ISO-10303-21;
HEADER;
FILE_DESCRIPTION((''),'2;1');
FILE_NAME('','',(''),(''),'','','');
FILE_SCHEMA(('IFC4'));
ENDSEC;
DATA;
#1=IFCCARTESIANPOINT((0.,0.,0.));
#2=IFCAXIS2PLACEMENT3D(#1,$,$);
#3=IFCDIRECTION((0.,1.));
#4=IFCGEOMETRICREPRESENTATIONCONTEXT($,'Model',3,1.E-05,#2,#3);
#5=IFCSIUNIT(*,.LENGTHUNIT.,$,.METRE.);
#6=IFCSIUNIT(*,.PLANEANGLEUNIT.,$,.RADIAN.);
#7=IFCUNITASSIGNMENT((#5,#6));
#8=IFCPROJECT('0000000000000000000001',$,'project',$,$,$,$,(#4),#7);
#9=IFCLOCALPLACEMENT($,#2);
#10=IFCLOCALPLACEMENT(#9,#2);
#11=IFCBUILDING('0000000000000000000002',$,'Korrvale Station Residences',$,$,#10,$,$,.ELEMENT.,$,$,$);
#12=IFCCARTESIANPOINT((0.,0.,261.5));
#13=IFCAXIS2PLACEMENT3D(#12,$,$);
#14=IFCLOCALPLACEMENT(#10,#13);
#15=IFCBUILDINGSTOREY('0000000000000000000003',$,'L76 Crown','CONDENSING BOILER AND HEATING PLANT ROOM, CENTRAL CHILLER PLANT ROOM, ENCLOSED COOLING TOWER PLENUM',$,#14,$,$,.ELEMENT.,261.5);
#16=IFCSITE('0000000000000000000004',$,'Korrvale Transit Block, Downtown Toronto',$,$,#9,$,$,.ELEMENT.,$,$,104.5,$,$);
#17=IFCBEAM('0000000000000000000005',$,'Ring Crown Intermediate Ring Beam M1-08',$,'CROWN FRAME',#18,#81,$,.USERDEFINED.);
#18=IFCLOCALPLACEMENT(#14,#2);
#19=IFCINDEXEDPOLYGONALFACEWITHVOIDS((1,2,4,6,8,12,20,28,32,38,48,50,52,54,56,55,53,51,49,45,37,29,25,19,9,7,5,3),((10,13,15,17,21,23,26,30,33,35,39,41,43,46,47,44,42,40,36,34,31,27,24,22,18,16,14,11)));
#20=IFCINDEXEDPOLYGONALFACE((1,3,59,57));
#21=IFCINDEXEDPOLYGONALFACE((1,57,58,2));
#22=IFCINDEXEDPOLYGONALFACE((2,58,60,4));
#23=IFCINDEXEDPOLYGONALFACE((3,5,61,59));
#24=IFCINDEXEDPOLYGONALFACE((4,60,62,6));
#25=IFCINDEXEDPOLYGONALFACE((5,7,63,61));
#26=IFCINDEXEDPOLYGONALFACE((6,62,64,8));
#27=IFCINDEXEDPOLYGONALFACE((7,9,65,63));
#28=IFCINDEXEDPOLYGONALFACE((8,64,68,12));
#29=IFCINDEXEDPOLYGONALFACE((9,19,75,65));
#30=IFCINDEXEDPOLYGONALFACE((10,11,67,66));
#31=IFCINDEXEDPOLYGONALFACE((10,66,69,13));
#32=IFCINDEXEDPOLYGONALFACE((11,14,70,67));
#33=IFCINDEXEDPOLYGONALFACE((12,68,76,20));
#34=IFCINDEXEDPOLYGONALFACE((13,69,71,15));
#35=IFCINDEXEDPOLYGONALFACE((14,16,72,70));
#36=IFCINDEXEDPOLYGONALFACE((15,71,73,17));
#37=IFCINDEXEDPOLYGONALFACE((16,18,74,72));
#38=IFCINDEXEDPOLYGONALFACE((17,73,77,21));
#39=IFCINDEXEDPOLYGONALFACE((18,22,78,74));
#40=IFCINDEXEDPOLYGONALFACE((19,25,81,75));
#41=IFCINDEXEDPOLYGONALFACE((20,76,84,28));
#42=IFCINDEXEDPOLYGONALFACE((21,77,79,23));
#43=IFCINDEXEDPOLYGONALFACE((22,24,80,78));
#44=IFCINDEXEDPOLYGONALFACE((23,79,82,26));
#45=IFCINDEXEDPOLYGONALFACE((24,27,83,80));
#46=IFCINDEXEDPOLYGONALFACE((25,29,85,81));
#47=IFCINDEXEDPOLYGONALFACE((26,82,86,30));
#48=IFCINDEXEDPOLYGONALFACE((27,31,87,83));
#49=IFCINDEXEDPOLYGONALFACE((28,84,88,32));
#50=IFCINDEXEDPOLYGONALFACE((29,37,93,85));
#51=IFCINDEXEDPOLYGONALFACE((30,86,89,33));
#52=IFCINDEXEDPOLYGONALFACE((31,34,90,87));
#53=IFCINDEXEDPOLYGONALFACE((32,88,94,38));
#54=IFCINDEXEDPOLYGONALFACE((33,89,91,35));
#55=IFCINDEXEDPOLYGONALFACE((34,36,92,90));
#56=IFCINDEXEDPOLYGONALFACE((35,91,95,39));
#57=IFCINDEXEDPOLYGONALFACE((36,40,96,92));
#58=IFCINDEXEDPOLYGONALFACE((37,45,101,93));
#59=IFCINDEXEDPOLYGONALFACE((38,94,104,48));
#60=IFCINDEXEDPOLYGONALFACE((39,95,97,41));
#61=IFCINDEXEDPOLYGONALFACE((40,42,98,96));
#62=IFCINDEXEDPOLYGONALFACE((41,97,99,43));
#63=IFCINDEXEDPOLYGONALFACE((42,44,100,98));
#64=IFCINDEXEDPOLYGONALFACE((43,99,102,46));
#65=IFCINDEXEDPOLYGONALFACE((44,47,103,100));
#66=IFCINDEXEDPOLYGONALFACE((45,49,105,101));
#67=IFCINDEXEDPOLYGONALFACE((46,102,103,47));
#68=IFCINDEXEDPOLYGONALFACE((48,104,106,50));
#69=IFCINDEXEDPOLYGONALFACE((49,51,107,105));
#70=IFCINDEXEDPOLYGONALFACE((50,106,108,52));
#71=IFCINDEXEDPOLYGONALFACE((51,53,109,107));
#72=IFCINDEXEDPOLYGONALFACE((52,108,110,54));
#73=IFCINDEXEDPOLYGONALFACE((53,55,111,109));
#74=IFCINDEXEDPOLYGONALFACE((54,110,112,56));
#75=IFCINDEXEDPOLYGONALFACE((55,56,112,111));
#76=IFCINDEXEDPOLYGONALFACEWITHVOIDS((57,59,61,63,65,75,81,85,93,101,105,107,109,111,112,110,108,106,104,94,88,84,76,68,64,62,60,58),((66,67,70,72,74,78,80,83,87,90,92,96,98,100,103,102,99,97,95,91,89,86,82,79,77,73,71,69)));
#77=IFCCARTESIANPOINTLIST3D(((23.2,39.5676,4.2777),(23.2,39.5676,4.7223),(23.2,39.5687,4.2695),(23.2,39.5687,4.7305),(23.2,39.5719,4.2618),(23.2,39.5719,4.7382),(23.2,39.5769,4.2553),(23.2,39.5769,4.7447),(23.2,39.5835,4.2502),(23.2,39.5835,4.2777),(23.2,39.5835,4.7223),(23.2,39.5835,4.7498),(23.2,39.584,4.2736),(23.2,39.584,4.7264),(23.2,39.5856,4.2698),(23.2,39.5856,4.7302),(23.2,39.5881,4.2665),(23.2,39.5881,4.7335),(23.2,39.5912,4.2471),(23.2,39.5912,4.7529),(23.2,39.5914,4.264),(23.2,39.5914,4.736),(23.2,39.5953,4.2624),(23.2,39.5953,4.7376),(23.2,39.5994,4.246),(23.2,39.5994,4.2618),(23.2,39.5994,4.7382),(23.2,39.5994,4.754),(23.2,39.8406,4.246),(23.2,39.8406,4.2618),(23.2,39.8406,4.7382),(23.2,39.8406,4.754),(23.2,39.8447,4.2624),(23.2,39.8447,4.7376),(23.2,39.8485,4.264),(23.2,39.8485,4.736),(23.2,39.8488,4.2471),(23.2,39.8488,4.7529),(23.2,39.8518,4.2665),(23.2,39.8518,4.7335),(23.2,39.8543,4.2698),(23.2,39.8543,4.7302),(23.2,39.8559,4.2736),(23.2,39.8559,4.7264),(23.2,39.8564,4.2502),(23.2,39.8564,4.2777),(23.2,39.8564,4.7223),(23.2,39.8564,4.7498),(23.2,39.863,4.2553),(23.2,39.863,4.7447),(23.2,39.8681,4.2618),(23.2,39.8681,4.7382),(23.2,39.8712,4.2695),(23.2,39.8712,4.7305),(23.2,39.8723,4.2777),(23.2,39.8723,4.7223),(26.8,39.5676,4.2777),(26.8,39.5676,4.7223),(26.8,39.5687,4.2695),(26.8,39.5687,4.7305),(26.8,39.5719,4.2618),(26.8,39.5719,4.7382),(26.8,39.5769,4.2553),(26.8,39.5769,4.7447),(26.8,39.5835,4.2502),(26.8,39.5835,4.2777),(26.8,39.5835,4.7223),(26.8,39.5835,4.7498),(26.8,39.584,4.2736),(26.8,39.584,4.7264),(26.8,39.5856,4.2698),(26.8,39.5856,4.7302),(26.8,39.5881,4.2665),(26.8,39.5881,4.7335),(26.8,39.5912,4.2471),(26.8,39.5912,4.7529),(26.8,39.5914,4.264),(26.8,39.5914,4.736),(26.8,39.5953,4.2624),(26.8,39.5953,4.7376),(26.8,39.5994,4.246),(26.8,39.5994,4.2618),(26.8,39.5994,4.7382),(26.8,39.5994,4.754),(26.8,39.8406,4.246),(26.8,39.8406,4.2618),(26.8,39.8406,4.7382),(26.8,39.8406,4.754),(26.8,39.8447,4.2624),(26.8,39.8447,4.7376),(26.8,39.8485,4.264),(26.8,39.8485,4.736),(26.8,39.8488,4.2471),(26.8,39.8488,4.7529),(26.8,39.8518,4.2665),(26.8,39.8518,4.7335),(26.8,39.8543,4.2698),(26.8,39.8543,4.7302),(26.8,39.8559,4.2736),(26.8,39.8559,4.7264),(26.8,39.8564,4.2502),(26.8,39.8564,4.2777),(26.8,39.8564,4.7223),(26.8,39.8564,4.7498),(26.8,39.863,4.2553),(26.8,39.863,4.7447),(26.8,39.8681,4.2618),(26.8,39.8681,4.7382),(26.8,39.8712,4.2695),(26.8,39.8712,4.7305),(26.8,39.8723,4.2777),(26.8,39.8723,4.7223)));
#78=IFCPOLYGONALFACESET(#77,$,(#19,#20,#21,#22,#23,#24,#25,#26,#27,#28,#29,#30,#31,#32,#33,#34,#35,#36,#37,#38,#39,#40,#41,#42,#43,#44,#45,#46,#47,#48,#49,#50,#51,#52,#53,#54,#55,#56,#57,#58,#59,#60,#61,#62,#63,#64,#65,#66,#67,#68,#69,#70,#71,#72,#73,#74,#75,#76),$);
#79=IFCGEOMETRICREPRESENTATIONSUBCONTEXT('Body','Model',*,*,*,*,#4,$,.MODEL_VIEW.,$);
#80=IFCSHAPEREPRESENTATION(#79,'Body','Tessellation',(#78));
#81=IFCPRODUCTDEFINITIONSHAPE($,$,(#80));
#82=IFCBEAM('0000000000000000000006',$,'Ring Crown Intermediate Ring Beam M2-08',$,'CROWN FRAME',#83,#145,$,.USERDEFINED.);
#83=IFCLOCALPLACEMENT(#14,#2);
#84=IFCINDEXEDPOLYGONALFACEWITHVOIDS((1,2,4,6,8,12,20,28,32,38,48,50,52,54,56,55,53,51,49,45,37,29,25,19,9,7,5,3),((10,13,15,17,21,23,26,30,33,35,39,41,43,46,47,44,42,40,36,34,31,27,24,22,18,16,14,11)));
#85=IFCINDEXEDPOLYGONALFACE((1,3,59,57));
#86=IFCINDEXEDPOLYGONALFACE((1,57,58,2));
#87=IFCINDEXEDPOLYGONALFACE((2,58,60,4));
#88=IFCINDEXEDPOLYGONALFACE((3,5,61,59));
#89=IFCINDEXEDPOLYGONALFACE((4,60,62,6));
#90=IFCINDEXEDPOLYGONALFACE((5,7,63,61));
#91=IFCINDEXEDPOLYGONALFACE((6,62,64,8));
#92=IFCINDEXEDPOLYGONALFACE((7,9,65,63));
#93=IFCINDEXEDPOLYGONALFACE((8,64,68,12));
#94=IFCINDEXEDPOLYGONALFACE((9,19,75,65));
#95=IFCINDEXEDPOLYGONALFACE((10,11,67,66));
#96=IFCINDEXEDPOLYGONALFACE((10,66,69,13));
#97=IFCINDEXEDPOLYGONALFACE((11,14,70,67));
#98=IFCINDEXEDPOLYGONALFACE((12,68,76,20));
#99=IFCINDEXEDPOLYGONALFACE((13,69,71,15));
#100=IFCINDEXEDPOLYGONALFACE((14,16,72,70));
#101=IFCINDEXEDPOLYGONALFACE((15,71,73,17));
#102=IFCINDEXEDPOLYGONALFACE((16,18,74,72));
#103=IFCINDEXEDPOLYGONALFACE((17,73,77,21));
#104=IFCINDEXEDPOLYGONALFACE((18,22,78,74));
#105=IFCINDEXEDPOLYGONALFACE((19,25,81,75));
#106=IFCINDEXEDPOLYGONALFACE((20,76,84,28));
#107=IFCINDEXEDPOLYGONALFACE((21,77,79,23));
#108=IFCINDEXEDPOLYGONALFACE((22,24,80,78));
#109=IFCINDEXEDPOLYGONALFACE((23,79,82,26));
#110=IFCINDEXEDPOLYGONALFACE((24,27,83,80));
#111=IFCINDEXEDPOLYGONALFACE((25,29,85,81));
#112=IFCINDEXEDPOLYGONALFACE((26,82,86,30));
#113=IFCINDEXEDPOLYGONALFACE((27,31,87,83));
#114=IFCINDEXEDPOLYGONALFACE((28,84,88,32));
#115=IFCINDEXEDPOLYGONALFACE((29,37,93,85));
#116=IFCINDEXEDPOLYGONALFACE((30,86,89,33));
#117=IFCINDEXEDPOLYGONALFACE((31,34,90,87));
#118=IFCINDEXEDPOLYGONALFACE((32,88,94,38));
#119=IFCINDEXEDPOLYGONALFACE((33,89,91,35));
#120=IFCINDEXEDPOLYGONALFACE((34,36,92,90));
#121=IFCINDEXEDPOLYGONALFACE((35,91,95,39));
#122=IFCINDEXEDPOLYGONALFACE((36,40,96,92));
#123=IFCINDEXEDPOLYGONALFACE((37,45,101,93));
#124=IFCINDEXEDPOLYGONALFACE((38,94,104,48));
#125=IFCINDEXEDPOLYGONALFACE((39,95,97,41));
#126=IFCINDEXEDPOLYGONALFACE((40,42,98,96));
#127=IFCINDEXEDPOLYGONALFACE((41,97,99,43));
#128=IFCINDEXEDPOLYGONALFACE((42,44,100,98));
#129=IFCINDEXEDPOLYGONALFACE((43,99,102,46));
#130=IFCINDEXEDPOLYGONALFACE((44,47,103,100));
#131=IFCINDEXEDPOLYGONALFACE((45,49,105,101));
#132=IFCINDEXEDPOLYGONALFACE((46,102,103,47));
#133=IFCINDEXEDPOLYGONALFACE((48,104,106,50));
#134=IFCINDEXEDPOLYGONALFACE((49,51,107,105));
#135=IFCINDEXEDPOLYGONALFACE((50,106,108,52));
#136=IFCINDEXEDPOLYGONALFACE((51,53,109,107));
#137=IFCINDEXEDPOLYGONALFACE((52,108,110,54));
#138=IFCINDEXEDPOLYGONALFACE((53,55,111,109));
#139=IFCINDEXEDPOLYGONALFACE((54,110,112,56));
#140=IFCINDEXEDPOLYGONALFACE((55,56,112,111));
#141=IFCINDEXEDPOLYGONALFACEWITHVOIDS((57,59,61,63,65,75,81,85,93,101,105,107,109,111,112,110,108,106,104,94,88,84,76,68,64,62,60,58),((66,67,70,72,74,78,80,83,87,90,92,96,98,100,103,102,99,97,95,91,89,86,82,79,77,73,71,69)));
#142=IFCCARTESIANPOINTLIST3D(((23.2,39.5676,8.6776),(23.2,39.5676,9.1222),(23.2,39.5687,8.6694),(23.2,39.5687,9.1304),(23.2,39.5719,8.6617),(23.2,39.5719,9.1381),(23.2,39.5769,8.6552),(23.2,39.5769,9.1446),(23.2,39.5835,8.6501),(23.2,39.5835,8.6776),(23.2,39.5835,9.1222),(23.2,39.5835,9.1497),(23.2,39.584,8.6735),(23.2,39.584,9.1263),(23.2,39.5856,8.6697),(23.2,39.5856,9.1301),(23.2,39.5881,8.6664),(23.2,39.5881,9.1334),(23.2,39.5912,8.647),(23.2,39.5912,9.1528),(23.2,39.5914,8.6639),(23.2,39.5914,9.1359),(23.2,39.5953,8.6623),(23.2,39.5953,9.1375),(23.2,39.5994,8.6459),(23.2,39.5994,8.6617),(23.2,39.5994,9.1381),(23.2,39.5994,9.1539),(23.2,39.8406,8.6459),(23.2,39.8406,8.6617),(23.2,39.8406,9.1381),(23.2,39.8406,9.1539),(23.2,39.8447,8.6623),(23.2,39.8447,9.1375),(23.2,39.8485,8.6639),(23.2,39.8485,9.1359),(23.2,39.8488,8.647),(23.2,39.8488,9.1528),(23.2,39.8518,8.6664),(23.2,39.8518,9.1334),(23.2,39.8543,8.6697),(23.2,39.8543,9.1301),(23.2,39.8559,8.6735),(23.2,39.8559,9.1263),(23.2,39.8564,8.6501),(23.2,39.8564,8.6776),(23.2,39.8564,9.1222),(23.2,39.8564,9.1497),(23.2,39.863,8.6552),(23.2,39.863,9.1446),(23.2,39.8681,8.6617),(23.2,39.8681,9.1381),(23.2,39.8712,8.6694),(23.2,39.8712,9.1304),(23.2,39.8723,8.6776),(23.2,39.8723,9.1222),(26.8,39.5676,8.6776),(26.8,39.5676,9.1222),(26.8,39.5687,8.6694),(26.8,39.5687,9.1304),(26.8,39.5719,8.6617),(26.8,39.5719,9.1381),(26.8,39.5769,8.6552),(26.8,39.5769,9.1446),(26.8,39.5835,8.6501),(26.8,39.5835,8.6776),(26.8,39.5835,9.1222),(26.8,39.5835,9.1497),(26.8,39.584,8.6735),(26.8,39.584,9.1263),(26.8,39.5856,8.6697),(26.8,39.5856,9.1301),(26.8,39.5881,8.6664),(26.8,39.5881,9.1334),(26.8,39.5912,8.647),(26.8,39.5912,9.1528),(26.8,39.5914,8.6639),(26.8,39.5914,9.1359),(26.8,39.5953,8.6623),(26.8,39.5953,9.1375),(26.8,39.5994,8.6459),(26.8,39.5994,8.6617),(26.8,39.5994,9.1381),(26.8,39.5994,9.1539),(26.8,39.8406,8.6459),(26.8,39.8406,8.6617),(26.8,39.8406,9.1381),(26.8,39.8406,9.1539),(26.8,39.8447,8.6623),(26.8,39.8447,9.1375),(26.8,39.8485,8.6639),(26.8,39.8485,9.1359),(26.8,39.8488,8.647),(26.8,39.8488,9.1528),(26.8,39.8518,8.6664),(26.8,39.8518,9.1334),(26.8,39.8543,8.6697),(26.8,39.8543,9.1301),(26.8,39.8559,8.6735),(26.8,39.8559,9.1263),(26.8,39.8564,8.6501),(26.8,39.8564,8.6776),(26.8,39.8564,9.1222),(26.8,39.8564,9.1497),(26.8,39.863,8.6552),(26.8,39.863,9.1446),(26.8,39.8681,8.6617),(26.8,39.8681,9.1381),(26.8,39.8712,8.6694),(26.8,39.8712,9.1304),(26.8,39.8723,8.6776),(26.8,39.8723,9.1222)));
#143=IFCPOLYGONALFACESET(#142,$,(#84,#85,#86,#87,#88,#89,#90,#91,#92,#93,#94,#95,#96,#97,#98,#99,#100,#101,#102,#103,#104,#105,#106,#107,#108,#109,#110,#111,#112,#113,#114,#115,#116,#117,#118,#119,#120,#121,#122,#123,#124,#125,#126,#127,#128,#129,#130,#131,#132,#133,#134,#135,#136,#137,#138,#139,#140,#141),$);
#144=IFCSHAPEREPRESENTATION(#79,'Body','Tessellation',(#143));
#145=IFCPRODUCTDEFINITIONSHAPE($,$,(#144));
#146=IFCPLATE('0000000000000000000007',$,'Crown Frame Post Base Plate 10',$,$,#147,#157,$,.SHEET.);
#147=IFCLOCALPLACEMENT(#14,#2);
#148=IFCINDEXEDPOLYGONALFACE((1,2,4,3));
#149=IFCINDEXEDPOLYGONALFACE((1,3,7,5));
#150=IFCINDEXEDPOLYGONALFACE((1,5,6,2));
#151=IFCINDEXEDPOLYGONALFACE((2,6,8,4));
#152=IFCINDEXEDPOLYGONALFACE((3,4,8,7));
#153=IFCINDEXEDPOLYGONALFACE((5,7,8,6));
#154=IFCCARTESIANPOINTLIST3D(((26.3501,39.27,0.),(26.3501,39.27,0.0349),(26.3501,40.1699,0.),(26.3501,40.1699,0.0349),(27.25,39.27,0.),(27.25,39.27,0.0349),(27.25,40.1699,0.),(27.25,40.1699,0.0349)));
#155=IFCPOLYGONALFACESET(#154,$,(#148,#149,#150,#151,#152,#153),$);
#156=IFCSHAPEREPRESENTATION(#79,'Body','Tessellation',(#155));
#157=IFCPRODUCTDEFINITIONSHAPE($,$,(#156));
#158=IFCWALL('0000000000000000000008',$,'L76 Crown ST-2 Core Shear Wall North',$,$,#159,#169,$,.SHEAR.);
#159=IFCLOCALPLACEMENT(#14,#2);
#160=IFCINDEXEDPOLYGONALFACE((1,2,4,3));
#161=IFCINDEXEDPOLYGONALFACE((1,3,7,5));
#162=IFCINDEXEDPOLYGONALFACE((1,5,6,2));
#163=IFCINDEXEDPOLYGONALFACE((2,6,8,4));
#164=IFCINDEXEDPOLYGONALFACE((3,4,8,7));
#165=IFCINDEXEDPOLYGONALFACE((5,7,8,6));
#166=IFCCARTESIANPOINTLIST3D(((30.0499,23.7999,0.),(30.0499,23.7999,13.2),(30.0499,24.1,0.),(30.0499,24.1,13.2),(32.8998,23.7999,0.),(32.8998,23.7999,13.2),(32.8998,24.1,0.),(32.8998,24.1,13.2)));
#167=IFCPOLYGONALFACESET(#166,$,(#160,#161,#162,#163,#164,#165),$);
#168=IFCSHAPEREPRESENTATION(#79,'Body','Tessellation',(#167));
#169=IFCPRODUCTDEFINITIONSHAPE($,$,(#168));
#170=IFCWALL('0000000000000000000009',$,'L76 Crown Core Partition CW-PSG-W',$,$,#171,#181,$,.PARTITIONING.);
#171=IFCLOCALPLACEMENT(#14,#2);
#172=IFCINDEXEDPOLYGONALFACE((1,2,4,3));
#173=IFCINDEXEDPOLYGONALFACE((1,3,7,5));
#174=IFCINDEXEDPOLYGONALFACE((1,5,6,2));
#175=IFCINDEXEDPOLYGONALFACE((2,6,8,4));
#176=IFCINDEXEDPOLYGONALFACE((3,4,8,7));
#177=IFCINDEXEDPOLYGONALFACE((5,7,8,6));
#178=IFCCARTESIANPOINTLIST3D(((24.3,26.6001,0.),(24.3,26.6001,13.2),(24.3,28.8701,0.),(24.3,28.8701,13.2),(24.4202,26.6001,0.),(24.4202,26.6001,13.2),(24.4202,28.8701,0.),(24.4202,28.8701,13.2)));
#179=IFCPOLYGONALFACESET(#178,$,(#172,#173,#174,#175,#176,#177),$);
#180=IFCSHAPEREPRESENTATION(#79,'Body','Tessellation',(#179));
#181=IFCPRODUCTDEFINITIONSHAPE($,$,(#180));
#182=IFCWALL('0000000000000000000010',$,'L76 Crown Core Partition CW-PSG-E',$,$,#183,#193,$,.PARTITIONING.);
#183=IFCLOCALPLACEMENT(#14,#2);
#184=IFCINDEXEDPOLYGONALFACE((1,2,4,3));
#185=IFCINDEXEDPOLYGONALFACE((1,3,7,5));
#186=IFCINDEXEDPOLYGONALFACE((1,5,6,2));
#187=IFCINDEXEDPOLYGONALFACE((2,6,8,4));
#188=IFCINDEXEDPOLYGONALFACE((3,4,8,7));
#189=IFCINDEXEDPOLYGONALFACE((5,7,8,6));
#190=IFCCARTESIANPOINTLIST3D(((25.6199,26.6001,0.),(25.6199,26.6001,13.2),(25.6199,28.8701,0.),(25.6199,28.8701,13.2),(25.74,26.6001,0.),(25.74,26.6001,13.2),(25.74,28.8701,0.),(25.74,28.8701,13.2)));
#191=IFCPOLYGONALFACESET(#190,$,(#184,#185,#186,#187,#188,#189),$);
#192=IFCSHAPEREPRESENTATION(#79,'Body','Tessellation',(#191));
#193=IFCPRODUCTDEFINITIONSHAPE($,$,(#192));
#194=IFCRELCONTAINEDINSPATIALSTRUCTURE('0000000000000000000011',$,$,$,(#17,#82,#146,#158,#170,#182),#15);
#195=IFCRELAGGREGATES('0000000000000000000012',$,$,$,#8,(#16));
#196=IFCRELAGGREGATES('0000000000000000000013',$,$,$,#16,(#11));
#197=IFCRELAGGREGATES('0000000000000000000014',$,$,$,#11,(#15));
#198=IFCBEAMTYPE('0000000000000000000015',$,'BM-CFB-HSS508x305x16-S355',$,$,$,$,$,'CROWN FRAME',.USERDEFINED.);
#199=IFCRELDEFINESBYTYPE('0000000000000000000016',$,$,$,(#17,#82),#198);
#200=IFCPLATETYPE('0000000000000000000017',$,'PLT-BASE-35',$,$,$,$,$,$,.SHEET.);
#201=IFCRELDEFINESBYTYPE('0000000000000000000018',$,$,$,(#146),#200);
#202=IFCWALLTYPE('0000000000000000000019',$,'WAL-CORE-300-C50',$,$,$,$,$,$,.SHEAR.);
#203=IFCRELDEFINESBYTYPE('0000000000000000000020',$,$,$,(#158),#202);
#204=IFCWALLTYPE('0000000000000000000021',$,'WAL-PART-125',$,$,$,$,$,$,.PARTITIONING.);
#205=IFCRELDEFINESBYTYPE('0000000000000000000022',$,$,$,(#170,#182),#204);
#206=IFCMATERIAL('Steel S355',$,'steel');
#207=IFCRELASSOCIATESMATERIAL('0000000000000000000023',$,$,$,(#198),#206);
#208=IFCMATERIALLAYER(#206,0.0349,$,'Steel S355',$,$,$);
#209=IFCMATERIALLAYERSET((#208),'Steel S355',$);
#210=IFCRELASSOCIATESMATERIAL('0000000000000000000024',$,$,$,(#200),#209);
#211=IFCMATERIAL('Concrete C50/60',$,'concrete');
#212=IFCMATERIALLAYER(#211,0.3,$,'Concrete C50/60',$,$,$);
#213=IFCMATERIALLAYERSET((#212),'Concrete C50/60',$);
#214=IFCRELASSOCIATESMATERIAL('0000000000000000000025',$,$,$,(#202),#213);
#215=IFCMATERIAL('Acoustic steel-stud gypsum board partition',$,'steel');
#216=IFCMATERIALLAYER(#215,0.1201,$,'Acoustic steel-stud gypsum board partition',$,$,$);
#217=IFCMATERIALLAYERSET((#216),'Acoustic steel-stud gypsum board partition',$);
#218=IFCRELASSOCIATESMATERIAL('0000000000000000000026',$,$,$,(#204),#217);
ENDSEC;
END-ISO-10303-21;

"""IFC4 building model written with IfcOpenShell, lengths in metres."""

from ifc_helpers import new_model, si_unit, direction, frame, frame_2d, origin, origin_2d, place, context, subcontext, project, spatial, rectangle, hollow_rectangle, extrude, material, layer, layer_set, material_profile, profile_set, type_object, element, save


model = new_model("IFC4")

# Units and contexts
model_context = context("Model", 3, precision=1e-05, world=origin(), true_north=direction((0.0, 1.0)))
body_context = subcontext(model_context, "Body", "Model", "MODEL_VIEW")
ifc_project = project(units=[si_unit("LENGTHUNIT", "METRE"), si_unit("PLANEANGLEUNIT", "RADIAN")], contexts=[model_context])

# Site, building, storey
site_placement = place(None, origin())
site = spatial("IfcSite", under=ifc_project, at=site_placement, Name="Korrvale Transit Block, Downtown Toronto", CompositionType="ELEMENT", RefElevation=104.5)
building_placement = place(site_placement, origin())
building = spatial("IfcBuilding", under=site, at=building_placement, Name="Korrvale Station Residences", CompositionType="ELEMENT")
storey_placement = place(building_placement, frame((0.0, 0.0, 261.5)))
storey = spatial("IfcBuildingStorey", under=building, at=storey_placement, Name="L76 Crown", Description="CONDENSING BOILER AND HEATING PLANT ROOM, CENTRAL CHILLER PLANT ROOM, ENCLOSED COOLING TOWER PLENUM", CompositionType="ELEMENT", Elevation=261.5)

# Shared definitions
ifc_material_1 = material(Name="Concrete C50/60", Category="concrete")
ifc_material_2 = material(Name="Steel S355", Category="steel")

# Beams
ifc_material_profile_1 = material_profile(ifc_material_2, hollow_rectangle(XDim=0.3047, YDim=0.5081, WallThickness=0.0159, InnerFilletRadius=0.0159, OuterFilletRadius=0.0317, at=origin_2d()), Name="HSS508x305x16")
ifc_profile_set_1 = profile_set([ifc_material_profile_1], Name="Steel S355")
beam_type_1 = type_object("IfcBeamType", Name="BM-CFB-HSS508x305x16-S355", ElementType="CROWN FRAME", PredefinedType="USERDEFINED", material=ifc_profile_set_1)
for number, where, z_axis, x_axis, name in (
    (1, (23.2, 39.72, 4.5), (1.0, 0.0, 0.0), (0.0, 1.0, 0.0), "Ring Crown Intermediate Ring Beam M1-08"),
    (2, (23.2, 39.72, 8.8999), (1.0, 0.0, 0.0), (0.0, 1.0, 0.0), "Ring Crown Intermediate Ring Beam M2-08"),
):
    element("IfcBeam", number, at=place(storey_placement, frame(where, z_axis=z_axis, x_axis=x_axis)), inside=storey, type_object=beam_type_1, Name=name, ObjectType="CROWN FRAME", PredefinedType="USERDEFINED", context=body_context, shape_type="SweptSolid", body=[
        extrude(hollow_rectangle(XDim=0.3047, YDim=0.5081, WallThickness=0.0159, InnerFilletRadius=0.0159, OuterFilletRadius=0.0317, at=origin_2d()), origin(), (0.0, 0.0, 1.0), 3.6001),
    ])

# Plate
ifc_layer_1 = layer(ifc_material_2, 0.0349, Name="Steel S355")
ifc_layer_set_1 = layer_set([ifc_layer_1], Name="Steel S355")
plate_type = type_object("IfcPlateType", Name="PLT-BASE-35", PredefinedType="SHEET", material=ifc_layer_set_1)
plate_placement = place(storey_placement, frame((26.8, 39.72, 0.0), z_axis=(0.0, 0.0, 1.0), x_axis=(1.0, 0.0, 0.0)))
element("IfcPlate", 3, at=plate_placement, inside=storey, type_object=plate_type, Name="Crown Frame Post Base Plate 10", PredefinedType="SHEET", context=body_context, shape_type="SweptSolid", body=[
    extrude(rectangle(XDim=0.8999, YDim=0.8999, at=origin_2d()), origin(), (0.0, 0.0, 1.0), 0.0349),
])

# Walls
ifc_layer_2 = layer(ifc_material_1, 0.3, Name="Concrete C50/60")
ifc_layer_set_2 = layer_set([ifc_layer_2], Name="Concrete C50/60")
wall_type_1 = type_object("IfcWallType", Name="WAL-CORE-300-C50", PredefinedType="SHEAR", material=ifc_layer_set_2)
wall_1_placement = place(storey_placement, frame((30.05, 23.95, 0.0), z_axis=(0.0, 0.0, 1.0), x_axis=(1.0, 0.0, 0.0)))
element("IfcWall", 4, at=wall_1_placement, inside=storey, type_object=wall_type_1, Name="L76 Crown ST-2 Core Shear Wall North", PredefinedType="SHEAR", context=body_context, shape_type="SweptSolid", body=[
    extrude(rectangle(XDim=2.8499, YDim=0.3, at=frame_2d((1.4248, 0.0))), origin(), (0.0, 0.0, 1.0), 13.2),
])
ifc_material_3 = material(Name="Acoustic steel-stud gypsum board partition", Category="steel")
ifc_layer_3 = layer(ifc_material_3, 0.1201, Name="Acoustic steel-stud gypsum board partition")
ifc_layer_set_3 = layer_set([ifc_layer_3], Name="Acoustic steel-stud gypsum board partition")
wall_type_2 = type_object("IfcWallType", Name="WAL-PART-125", PredefinedType="PARTITIONING", material=ifc_layer_set_3)
for number, where, z_axis, x_axis, name in (
    (5, (24.3601, 26.6001, 0.0), (0.0, 0.0, 1.0), (0.0, 1.0, 0.0), "L76 Crown Core Partition CW-PSG-W"),
    (6, (25.6799, 26.6001, 0.0), (0.0, 0.0, 1.0), (0.0, 1.0, 0.0), "L76 Crown Core Partition CW-PSG-E"),
):
    element("IfcWall", number, at=place(storey_placement, frame(where, z_axis=z_axis, x_axis=x_axis)), inside=storey, type_object=wall_type_2, Name=name, PredefinedType="PARTITIONING", context=body_context, shape_type="SweptSolid", body=[
        extrude(rectangle(XDim=2.27, YDim=0.1201, at=frame_2d((1.135, 0.0))), origin(), (0.0, 0.0, 1.0), 13.2),
    ])

save(model, "model.ifc")
